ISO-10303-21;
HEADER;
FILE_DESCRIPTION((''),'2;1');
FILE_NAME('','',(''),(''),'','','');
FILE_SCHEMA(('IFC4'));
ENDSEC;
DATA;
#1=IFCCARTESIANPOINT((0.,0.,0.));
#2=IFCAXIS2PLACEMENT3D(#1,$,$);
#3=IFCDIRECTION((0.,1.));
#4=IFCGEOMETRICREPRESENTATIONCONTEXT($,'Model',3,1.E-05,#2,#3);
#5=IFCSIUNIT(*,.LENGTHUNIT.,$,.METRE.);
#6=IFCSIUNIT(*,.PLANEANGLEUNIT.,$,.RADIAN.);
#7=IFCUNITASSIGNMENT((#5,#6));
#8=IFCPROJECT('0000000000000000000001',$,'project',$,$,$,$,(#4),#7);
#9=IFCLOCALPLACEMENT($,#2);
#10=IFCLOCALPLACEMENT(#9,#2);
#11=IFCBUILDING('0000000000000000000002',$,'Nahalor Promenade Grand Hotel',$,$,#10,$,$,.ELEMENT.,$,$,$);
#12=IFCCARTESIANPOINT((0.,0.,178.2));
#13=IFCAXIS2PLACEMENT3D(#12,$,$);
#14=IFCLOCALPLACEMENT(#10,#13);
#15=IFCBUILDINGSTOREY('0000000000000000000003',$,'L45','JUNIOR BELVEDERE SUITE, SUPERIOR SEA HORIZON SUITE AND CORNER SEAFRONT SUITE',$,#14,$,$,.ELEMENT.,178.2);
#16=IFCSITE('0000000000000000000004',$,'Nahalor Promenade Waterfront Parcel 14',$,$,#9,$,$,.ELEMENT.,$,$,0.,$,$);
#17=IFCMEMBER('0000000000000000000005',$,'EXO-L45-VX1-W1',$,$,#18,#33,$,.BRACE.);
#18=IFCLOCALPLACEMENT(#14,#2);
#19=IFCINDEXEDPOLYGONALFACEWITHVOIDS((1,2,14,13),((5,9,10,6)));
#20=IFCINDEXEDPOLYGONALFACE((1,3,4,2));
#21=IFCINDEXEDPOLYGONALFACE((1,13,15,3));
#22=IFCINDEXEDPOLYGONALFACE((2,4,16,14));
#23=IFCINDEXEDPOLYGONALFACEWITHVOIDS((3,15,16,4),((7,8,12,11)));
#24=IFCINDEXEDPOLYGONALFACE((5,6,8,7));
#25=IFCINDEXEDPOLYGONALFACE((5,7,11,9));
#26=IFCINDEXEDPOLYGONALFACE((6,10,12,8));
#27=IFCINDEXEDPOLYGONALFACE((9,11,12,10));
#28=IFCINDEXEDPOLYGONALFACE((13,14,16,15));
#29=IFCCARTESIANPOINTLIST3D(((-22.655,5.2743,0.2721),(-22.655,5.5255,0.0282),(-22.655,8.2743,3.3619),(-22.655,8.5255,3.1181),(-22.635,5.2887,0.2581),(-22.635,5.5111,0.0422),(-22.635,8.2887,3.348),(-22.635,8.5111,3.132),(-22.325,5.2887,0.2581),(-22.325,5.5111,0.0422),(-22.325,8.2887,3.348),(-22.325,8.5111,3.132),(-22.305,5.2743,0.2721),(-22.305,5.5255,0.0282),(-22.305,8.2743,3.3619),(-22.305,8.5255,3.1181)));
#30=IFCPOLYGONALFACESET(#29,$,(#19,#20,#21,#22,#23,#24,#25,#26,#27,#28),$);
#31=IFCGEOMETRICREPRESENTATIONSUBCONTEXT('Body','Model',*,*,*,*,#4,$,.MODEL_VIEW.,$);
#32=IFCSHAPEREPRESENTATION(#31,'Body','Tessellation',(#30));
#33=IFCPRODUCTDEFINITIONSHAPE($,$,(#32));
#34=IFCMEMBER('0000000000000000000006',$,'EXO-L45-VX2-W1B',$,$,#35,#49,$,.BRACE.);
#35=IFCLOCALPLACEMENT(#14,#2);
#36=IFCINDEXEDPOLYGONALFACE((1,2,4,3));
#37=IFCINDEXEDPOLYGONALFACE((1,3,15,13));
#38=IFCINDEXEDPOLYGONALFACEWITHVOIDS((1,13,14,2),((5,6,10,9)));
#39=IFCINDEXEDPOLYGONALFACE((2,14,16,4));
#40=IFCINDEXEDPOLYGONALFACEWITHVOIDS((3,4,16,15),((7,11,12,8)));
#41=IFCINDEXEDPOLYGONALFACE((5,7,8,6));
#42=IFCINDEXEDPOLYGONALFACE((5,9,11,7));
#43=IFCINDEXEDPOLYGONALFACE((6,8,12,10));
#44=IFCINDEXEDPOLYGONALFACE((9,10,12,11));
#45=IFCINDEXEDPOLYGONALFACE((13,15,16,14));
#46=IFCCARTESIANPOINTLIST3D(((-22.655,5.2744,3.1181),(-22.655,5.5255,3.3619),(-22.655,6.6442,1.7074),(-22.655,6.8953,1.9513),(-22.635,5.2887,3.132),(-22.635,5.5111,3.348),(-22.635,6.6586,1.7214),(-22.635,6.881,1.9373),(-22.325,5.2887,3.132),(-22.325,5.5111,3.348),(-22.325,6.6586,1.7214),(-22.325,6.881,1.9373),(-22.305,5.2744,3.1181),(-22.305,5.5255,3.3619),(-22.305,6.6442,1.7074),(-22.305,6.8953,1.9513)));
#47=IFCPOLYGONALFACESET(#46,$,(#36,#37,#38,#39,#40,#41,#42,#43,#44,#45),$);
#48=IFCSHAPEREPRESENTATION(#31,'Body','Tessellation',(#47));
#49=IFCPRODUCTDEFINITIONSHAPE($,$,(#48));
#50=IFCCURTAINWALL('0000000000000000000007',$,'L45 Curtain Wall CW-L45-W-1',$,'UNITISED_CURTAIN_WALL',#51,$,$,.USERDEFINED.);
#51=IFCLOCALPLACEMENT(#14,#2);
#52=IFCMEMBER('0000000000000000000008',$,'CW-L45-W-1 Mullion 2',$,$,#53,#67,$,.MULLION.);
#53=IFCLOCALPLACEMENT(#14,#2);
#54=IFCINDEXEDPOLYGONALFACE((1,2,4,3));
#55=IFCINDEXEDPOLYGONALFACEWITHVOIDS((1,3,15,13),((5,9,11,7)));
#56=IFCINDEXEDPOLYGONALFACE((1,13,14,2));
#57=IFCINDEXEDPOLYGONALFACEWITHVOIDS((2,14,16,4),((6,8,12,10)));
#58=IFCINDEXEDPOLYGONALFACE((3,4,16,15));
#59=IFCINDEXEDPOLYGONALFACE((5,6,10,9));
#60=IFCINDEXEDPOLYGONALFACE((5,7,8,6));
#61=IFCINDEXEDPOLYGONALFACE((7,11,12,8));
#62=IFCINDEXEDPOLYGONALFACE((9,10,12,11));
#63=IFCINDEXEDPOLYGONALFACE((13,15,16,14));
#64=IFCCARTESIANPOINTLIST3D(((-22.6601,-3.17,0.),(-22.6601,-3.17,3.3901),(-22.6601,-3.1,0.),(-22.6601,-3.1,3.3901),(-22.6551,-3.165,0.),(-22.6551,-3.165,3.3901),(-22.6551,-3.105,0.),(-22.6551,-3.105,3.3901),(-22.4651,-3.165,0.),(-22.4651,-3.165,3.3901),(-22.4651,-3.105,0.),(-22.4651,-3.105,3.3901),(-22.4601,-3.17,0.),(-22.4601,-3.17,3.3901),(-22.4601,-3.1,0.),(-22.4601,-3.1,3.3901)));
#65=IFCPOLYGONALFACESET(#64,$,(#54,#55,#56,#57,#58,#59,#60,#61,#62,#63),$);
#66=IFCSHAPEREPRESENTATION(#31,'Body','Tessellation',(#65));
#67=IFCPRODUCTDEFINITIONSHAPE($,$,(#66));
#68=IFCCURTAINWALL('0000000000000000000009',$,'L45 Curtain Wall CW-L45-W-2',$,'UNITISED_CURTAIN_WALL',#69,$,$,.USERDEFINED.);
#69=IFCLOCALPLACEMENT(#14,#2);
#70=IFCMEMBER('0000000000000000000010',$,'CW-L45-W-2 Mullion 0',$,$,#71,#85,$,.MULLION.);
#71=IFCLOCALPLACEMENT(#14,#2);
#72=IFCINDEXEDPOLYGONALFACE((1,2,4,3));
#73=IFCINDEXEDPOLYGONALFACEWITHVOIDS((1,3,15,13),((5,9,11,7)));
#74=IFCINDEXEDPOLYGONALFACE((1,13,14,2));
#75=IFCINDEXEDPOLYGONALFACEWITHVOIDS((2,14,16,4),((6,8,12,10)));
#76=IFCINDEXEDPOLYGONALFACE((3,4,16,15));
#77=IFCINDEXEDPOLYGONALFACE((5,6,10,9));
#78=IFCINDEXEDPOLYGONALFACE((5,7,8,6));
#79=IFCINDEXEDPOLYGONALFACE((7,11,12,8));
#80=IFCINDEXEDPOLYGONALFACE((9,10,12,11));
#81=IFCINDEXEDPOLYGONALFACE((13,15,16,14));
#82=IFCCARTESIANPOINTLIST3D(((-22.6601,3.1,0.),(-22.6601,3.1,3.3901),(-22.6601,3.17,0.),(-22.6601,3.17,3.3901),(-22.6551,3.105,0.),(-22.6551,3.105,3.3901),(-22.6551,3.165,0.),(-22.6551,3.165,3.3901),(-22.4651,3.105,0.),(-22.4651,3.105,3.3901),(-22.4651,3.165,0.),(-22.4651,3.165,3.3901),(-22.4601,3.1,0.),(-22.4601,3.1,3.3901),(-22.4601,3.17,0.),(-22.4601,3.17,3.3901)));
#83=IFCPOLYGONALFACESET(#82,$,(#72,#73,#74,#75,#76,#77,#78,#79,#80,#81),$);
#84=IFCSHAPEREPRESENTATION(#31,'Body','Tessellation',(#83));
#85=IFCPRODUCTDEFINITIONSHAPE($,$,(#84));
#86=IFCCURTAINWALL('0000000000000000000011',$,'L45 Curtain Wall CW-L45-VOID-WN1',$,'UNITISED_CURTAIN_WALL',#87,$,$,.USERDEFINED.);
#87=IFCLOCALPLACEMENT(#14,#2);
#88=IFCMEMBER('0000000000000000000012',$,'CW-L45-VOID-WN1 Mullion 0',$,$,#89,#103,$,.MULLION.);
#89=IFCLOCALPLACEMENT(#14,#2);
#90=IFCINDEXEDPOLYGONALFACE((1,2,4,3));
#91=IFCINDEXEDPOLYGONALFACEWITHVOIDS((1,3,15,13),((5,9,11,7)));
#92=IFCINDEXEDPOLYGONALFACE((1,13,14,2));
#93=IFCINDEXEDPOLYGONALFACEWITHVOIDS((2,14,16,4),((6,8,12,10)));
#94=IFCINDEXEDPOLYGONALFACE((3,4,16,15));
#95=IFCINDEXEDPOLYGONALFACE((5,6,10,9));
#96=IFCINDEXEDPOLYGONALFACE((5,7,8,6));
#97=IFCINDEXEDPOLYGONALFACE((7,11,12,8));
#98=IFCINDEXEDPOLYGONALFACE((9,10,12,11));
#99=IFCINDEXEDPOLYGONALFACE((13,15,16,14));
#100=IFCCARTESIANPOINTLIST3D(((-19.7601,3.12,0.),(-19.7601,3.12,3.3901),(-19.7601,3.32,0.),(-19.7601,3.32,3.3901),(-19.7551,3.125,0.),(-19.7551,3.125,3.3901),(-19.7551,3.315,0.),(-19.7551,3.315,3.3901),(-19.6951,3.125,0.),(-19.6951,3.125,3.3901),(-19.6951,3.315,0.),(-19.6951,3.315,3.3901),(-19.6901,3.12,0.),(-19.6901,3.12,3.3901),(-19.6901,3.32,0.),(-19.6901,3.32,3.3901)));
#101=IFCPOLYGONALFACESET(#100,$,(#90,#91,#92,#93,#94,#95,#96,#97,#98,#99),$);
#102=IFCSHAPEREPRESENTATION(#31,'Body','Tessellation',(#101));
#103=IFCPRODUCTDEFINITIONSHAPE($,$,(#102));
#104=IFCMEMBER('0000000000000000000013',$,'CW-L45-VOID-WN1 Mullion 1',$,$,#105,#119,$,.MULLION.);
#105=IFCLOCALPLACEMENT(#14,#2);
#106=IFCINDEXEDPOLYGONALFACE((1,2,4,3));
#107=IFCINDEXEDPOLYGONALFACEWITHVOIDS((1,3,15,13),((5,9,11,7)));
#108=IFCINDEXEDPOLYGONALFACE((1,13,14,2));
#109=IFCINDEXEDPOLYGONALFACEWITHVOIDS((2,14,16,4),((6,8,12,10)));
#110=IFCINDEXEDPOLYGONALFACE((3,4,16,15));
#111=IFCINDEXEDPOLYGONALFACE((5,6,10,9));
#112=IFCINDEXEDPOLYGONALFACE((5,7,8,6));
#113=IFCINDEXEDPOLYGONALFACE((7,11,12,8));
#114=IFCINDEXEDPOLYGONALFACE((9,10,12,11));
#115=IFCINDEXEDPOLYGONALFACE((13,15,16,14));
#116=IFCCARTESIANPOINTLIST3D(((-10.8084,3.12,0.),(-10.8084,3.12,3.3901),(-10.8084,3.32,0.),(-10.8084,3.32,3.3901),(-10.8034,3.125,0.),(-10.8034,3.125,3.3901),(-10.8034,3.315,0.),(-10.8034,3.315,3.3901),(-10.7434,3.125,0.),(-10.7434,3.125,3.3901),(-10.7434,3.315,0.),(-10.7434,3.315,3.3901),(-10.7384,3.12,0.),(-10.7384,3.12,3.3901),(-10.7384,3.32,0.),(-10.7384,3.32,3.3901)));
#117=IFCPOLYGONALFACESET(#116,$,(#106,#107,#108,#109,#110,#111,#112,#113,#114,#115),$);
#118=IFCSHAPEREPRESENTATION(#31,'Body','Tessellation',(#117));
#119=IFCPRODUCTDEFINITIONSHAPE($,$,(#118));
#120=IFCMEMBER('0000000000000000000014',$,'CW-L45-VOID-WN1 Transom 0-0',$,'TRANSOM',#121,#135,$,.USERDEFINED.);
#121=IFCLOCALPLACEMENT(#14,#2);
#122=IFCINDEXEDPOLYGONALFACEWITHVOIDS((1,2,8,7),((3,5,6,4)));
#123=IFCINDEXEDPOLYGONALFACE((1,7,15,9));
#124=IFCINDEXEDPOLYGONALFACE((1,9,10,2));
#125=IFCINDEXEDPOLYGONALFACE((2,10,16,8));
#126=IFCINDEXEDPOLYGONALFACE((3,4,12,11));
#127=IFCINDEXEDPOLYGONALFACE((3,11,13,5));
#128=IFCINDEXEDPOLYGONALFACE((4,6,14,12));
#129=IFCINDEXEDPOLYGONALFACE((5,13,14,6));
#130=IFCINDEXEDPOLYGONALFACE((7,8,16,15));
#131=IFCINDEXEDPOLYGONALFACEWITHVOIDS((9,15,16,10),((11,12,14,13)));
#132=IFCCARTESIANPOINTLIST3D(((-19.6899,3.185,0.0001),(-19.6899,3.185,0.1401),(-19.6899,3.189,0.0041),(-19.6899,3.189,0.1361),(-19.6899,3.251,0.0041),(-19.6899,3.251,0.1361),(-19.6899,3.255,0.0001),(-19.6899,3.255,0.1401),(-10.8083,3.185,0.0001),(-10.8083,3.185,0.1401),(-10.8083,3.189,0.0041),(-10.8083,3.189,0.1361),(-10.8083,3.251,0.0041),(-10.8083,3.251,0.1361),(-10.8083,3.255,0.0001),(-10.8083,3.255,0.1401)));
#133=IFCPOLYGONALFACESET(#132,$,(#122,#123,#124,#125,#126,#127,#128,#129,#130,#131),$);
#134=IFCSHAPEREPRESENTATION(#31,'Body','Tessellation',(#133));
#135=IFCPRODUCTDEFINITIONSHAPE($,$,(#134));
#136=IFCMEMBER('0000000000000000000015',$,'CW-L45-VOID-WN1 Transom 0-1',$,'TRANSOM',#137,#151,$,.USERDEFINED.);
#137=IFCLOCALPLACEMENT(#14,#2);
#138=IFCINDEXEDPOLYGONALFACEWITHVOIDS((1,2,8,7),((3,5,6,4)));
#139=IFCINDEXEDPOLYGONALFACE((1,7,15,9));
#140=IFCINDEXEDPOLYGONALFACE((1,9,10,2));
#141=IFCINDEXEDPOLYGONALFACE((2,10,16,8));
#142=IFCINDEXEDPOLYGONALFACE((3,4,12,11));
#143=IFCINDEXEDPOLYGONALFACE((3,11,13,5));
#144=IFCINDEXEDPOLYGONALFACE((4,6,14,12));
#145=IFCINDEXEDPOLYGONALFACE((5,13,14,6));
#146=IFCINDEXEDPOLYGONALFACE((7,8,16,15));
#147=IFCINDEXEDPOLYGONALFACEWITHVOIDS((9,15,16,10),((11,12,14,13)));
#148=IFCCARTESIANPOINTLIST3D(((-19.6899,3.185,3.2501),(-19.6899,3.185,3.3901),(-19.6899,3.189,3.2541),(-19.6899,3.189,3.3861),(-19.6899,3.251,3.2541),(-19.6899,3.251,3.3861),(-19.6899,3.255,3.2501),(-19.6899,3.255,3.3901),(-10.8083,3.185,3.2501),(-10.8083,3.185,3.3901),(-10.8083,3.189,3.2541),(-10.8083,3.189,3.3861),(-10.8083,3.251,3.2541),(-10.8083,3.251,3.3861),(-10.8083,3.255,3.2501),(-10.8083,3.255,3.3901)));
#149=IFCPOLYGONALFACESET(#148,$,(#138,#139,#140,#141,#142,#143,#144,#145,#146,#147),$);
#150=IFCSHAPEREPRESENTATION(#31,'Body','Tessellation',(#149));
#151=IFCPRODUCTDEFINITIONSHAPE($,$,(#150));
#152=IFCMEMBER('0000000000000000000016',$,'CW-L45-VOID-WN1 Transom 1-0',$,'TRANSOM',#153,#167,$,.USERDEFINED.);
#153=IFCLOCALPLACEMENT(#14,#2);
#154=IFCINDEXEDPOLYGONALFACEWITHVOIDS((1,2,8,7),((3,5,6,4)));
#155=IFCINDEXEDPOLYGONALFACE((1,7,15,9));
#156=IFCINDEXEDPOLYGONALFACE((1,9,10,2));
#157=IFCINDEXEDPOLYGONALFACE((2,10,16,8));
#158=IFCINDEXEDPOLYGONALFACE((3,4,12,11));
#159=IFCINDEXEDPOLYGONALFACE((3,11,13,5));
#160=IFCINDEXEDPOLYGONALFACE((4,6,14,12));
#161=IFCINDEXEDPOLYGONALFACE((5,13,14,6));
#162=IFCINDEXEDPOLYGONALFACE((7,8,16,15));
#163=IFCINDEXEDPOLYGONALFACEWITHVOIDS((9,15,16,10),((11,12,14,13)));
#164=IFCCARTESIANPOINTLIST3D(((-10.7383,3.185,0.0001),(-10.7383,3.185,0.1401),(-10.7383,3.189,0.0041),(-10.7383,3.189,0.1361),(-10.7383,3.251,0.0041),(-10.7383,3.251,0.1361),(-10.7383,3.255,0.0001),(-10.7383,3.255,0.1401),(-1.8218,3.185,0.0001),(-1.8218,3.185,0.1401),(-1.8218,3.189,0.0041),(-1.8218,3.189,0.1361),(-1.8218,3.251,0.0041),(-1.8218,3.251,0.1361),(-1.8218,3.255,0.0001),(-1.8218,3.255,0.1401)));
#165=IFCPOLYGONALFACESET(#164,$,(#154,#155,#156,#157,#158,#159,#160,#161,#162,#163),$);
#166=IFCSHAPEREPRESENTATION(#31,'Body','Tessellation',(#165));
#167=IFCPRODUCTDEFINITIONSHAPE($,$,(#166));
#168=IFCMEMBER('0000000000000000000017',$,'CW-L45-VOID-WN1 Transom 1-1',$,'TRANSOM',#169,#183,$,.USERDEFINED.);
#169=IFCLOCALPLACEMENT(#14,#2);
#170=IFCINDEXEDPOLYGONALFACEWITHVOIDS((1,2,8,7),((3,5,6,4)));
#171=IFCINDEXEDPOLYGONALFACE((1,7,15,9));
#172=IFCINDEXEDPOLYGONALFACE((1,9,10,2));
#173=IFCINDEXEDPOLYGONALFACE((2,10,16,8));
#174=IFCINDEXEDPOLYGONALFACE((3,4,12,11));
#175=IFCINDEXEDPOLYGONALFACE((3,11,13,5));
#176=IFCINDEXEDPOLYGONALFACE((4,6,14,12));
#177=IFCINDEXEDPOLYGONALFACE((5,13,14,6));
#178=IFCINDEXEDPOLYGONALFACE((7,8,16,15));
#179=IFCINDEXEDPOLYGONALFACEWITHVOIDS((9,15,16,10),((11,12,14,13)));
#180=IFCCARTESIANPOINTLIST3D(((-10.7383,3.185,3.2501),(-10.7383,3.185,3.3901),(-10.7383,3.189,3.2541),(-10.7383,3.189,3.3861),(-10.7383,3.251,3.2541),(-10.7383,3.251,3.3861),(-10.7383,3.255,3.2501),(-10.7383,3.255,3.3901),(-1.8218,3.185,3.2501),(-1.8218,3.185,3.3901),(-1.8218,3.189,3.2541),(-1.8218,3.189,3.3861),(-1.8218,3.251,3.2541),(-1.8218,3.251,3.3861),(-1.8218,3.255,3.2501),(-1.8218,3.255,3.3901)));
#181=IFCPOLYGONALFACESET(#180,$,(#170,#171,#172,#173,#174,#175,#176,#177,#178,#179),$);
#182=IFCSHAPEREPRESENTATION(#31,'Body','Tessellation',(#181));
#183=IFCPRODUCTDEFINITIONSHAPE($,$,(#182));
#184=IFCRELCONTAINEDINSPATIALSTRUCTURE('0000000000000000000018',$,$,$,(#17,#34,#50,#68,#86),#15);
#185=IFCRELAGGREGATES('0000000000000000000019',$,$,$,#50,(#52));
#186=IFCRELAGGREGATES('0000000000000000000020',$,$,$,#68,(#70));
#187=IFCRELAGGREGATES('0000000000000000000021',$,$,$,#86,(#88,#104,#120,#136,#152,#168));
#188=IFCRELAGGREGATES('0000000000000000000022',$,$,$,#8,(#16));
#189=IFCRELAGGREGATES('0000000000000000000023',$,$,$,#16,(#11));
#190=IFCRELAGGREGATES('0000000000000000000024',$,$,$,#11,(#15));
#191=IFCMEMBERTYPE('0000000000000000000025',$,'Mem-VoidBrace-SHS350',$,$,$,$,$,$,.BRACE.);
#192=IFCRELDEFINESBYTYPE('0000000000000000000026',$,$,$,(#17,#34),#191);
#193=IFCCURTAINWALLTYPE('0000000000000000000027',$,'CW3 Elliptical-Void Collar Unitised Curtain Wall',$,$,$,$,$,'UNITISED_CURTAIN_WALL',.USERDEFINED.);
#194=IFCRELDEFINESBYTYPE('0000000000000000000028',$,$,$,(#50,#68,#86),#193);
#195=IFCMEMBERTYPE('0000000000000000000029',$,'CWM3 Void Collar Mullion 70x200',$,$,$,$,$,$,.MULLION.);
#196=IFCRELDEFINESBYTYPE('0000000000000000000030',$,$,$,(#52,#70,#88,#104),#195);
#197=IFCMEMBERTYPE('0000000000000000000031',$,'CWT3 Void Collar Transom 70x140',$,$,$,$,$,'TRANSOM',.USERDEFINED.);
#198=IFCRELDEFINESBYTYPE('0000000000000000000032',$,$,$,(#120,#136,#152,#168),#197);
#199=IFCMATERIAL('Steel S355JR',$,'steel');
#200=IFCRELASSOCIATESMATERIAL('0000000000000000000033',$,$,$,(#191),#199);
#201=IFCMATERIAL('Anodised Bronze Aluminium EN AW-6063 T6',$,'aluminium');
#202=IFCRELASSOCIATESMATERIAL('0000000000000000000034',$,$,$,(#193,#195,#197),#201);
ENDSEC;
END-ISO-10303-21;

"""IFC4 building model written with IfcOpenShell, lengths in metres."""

from ifc_helpers import new_model, si_unit, direction, frame, origin, origin_2d, place, context, subcontext, project, spatial, hollow_rectangle, extrude, source, transform, mapped, material, material_profile, profile_set, type_object, element, aggregate, save


model = new_model("IFC4")

# Units and contexts
model_context = context("Model", 3, precision=1e-05, world=origin(), true_north=direction((0.0, 1.0)))
body_context = subcontext(model_context, "Body", "Model", "MODEL_VIEW")
ifc_project = project(units=[si_unit("LENGTHUNIT", "METRE"), si_unit("PLANEANGLEUNIT", "RADIAN")], contexts=[model_context])

# Site, building, storey
site_placement = place(None, origin())
site = spatial("IfcSite", under=ifc_project, at=site_placement, Name="Nahalor Promenade Waterfront Parcel 14", CompositionType="ELEMENT", RefElevation=0.0)
building_placement = place(site_placement, origin())
building = spatial("IfcBuilding", under=site, at=building_placement, Name="Nahalor Promenade Grand Hotel", CompositionType="ELEMENT")
storey_placement = place(building_placement, frame((0.0, 0.0, 178.2)))
storey = spatial("IfcBuildingStorey", under=building, at=storey_placement, Name="L45", Description="JUNIOR BELVEDERE SUITE, SUPERIOR SEA HORIZON SUITE AND CORNER SEAFRONT SUITE", CompositionType="ELEMENT", Elevation=178.2)

# Shared definitions
ifc_material_1 = material(Name="Steel S355JR", Category="steel")

# Members
ifc_material_profile_1 = material_profile(ifc_material_1, hollow_rectangle(XDim=0.35, YDim=0.35, WallThickness=0.02, at=origin_2d()), Name="SHS 350x350x20")
ifc_profile_set_1 = profile_set([ifc_material_profile_1], Name="Steel S355JR")
member_type_1 = type_object("IfcMemberType", Name="Mem-VoidBrace-SHS350", PredefinedType="BRACE", material=ifc_profile_set_1)
shared_shape_1 = source(origin(), body_context, "Body", "SweptSolid", [
    extrude(hollow_rectangle(XDim=0.35, YDim=0.35, WallThickness=0.02, at=origin_2d()), origin(), (0.0, 0.0, 1.0), 4.3066),
])
member_1_placement = place(storey_placement, frame((-22.48, 5.3999, 0.1501), z_axis=(0.0, 0.696599, 0.717461), x_axis=(-1.0, 0.0, 0.0)))
element("IfcMember", 1, at=member_1_placement, inside=storey, type_object=member_type_1, Name="EXO-L45-VX1-W1", PredefinedType="BRACE", context=body_context, shape_type="MappedRepresentation", body=[
    mapped(shared_shape_1, transform((0.0, 0.0, 0.0), scale=1.0)),
])
shared_shape_2 = source(origin(), body_context, "Body", "SweptSolid", [
    extrude(hollow_rectangle(XDim=0.35, YDim=0.35, WallThickness=0.02, at=origin_2d()), origin(), (0.0, 0.0, 1.0), 1.9663),
])
member_2_placement = place(storey_placement, frame((-22.48, 6.7698, 1.8293), z_axis=(0.0, -0.696663, 0.717398), x_axis=(1.0, 0.0, 0.0)))
element("IfcMember", 2, at=member_2_placement, inside=storey, type_object=member_type_1, Name="EXO-L45-VX2-W1B", PredefinedType="BRACE", context=body_context, shape_type="MappedRepresentation", body=[
    mapped(shared_shape_2, transform((0.0, 0.0, 0.0), scale=1.0)),
])

# Curtain walls, members
ifc_material_2 = material(Name="Anodised Bronze Aluminium EN AW-6063 T6", Category="aluminium")
curtain_wall_type = type_object("IfcCurtainWallType", Name="CW3 Elliptical-Void Collar Unitised Curtain Wall", ElementType="UNITISED_CURTAIN_WALL", PredefinedType="USERDEFINED", material=ifc_material_2)
curtain_wall_1_placement = place(storey_placement, origin())
curtain_wall_1 = element("IfcCurtainWall", 3, at=curtain_wall_1_placement, inside=storey, type_object=curtain_wall_type, Name="L45 Curtain Wall CW-L45-W-1", ObjectType="UNITISED_CURTAIN_WALL", PredefinedType="USERDEFINED")
ifc_material_profile_2 = material_profile(ifc_material_2, hollow_rectangle(XDim=0.07, YDim=0.2, WallThickness=0.005, at=origin_2d()), Name="CWM 70x200x5")
ifc_profile_set_2 = profile_set([ifc_material_profile_2], Name="Anodised Bronze Aluminium EN AW-6063 T6")
member_type_2 = type_object("IfcMemberType", Name="CWM3 Void Collar Mullion 70x200", PredefinedType="MULLION", material=ifc_profile_set_2)
shared_shape_3 = source(origin(), body_context, "Body", "SweptSolid", [
    extrude(hollow_rectangle(XDim=0.07, YDim=0.2, WallThickness=0.005, at=origin_2d()), origin(), (0.0, 0.0, 1.0), 3.3901),
])
member_3_placement = place(storey_placement, frame((-22.5601, -3.135, 0.0), z_axis=(0.0, 0.0, 1.0), x_axis=(0.0, 1.0, 0.0)))
member_3 = element("IfcMember", 4, at=member_3_placement, type_object=member_type_2, Name="CW-L45-W-1 Mullion 2", PredefinedType="MULLION", context=body_context, shape_type="MappedRepresentation", body=[
    mapped(shared_shape_3, transform((0.0, 0.0, 0.0), scale=1.0)),
])
aggregate(curtain_wall_1, [member_3])
curtain_wall_2_placement = place(storey_placement, origin())
curtain_wall_2 = element("IfcCurtainWall", 5, at=curtain_wall_2_placement, inside=storey, type_object=curtain_wall_type, Name="L45 Curtain Wall CW-L45-W-2", ObjectType="UNITISED_CURTAIN_WALL", PredefinedType="USERDEFINED")
member_4_placement = place(storey_placement, frame((-22.5601, 3.135, 0.0), z_axis=(0.0, 0.0, 1.0), x_axis=(0.0, 1.0, 0.0)))
member_4 = element("IfcMember", 6, at=member_4_placement, type_object=member_type_2, Name="CW-L45-W-2 Mullion 0", PredefinedType="MULLION", context=body_context, shape_type="MappedRepresentation", body=[
    mapped(shared_shape_3, transform((0.0, 0.0, 0.0), scale=1.0)),
])

# Curtain wall, members
curtain_wall_3_placement = place(storey_placement, origin())
curtain_wall_3 = element("IfcCurtainWall", 7, at=curtain_wall_3_placement, inside=storey, type_object=curtain_wall_type, Name="L45 Curtain Wall CW-L45-VOID-WN1", ObjectType="UNITISED_CURTAIN_WALL", PredefinedType="USERDEFINED")
member_5_placement = place(storey_placement, frame((-19.7251, 3.22, 0.0), z_axis=(0.0, 0.0, 1.0), x_axis=(1.0, 0.0, 0.0)))
member_5 = element("IfcMember", 8, at=member_5_placement, type_object=member_type_2, Name="CW-L45-VOID-WN1 Mullion 0", PredefinedType="MULLION", context=body_context, shape_type="MappedRepresentation", body=[
    mapped(shared_shape_3, transform((0.0, 0.0, 0.0), scale=1.0)),
])
member_6_placement = place(storey_placement, frame((-10.7734, 3.22, 0.0), z_axis=(0.0, 0.0, 1.0), x_axis=(1.0, 0.0, 0.0)))
member_6 = element("IfcMember", 9, at=member_6_placement, type_object=member_type_2, Name="CW-L45-VOID-WN1 Mullion 1", PredefinedType="MULLION", context=body_context, shape_type="MappedRepresentation", body=[
    mapped(shared_shape_3, transform((0.0, 0.0, 0.0), scale=1.0)),
])
ifc_material_profile_3 = material_profile(ifc_material_2, hollow_rectangle(XDim=0.07, YDim=0.14, WallThickness=0.004, at=origin_2d()), Name="CWT 70x140x4")
ifc_profile_set_3 = profile_set([ifc_material_profile_3], Name="Anodised Bronze Aluminium EN AW-6063 T6")
member_type_3 = type_object("IfcMemberType", Name="CWT3 Void Collar Transom 70x140", ElementType="TRANSOM", PredefinedType="USERDEFINED", material=ifc_profile_set_3)
shared_shape_4 = source(origin(), body_context, "Body", "SweptSolid", [
    extrude(hollow_rectangle(XDim=0.07, YDim=0.14, WallThickness=0.004, at=origin_2d()), origin(), (0.0, 0.0, 1.0), 8.8816),
])
member_7_placement = place(storey_placement, frame((-19.6899, 3.22, 0.0701), z_axis=(1.0, 0.0, 0.0), x_axis=(0.0, 1.0, 0.0)))
member_7 = element("IfcMember", 10, at=member_7_placement, type_object=member_type_3, Name="CW-L45-VOID-WN1 Transom 0-0", ObjectType="TRANSOM", PredefinedType="USERDEFINED", context=body_context, shape_type="MappedRepresentation", body=[
    mapped(shared_shape_4, transform((0.0, 0.0, 0.0), scale=1.0)),
])
member_8_placement = place(storey_placement, frame((-19.6899, 3.22, 3.3201), z_axis=(1.0, 0.0, 0.0), x_axis=(0.0, 1.0, 0.0)))
member_8 = element("IfcMember", 11, at=member_8_placement, type_object=member_type_3, Name="CW-L45-VOID-WN1 Transom 0-1", ObjectType="TRANSOM", PredefinedType="USERDEFINED", context=body_context, shape_type="MappedRepresentation", body=[
    mapped(shared_shape_4, transform((0.0, 0.0, 0.0), scale=1.0)),
])
shared_shape_5 = source(origin(), body_context, "Body", "SweptSolid", [
    extrude(hollow_rectangle(XDim=0.07, YDim=0.14, WallThickness=0.004, at=origin_2d()), origin(), (0.0, 0.0, 1.0), 8.9165),
])
member_9_placement = place(storey_placement, frame((-10.7383, 3.22, 0.0701), z_axis=(1.0, 0.0, 0.0), x_axis=(0.0, 1.0, 0.0)))
member_9 = element("IfcMember", 12, at=member_9_placement, type_object=member_type_3, Name="CW-L45-VOID-WN1 Transom 1-0", ObjectType="TRANSOM", PredefinedType="USERDEFINED", context=body_context, shape_type="MappedRepresentation", body=[
    mapped(shared_shape_5, transform((0.0, 0.0, 0.0), scale=1.0)),
])
member_10_placement = place(storey_placement, frame((-10.7383, 3.22, 3.3201), z_axis=(1.0, 0.0, 0.0), x_axis=(0.0, 1.0, 0.0)))
member_10 = element("IfcMember", 13, at=member_10_placement, type_object=member_type_3, Name="CW-L45-VOID-WN1 Transom 1-1", ObjectType="TRANSOM", PredefinedType="USERDEFINED", context=body_context, shape_type="MappedRepresentation", body=[
    mapped(shared_shape_5, transform((0.0, 0.0, 0.0), scale=1.0)),
])

aggregate(curtain_wall_2, [member_4])
aggregate(curtain_wall_3, [member_5, member_6, member_7, member_8, member_9, member_10])

save(model, "model.ifc")
